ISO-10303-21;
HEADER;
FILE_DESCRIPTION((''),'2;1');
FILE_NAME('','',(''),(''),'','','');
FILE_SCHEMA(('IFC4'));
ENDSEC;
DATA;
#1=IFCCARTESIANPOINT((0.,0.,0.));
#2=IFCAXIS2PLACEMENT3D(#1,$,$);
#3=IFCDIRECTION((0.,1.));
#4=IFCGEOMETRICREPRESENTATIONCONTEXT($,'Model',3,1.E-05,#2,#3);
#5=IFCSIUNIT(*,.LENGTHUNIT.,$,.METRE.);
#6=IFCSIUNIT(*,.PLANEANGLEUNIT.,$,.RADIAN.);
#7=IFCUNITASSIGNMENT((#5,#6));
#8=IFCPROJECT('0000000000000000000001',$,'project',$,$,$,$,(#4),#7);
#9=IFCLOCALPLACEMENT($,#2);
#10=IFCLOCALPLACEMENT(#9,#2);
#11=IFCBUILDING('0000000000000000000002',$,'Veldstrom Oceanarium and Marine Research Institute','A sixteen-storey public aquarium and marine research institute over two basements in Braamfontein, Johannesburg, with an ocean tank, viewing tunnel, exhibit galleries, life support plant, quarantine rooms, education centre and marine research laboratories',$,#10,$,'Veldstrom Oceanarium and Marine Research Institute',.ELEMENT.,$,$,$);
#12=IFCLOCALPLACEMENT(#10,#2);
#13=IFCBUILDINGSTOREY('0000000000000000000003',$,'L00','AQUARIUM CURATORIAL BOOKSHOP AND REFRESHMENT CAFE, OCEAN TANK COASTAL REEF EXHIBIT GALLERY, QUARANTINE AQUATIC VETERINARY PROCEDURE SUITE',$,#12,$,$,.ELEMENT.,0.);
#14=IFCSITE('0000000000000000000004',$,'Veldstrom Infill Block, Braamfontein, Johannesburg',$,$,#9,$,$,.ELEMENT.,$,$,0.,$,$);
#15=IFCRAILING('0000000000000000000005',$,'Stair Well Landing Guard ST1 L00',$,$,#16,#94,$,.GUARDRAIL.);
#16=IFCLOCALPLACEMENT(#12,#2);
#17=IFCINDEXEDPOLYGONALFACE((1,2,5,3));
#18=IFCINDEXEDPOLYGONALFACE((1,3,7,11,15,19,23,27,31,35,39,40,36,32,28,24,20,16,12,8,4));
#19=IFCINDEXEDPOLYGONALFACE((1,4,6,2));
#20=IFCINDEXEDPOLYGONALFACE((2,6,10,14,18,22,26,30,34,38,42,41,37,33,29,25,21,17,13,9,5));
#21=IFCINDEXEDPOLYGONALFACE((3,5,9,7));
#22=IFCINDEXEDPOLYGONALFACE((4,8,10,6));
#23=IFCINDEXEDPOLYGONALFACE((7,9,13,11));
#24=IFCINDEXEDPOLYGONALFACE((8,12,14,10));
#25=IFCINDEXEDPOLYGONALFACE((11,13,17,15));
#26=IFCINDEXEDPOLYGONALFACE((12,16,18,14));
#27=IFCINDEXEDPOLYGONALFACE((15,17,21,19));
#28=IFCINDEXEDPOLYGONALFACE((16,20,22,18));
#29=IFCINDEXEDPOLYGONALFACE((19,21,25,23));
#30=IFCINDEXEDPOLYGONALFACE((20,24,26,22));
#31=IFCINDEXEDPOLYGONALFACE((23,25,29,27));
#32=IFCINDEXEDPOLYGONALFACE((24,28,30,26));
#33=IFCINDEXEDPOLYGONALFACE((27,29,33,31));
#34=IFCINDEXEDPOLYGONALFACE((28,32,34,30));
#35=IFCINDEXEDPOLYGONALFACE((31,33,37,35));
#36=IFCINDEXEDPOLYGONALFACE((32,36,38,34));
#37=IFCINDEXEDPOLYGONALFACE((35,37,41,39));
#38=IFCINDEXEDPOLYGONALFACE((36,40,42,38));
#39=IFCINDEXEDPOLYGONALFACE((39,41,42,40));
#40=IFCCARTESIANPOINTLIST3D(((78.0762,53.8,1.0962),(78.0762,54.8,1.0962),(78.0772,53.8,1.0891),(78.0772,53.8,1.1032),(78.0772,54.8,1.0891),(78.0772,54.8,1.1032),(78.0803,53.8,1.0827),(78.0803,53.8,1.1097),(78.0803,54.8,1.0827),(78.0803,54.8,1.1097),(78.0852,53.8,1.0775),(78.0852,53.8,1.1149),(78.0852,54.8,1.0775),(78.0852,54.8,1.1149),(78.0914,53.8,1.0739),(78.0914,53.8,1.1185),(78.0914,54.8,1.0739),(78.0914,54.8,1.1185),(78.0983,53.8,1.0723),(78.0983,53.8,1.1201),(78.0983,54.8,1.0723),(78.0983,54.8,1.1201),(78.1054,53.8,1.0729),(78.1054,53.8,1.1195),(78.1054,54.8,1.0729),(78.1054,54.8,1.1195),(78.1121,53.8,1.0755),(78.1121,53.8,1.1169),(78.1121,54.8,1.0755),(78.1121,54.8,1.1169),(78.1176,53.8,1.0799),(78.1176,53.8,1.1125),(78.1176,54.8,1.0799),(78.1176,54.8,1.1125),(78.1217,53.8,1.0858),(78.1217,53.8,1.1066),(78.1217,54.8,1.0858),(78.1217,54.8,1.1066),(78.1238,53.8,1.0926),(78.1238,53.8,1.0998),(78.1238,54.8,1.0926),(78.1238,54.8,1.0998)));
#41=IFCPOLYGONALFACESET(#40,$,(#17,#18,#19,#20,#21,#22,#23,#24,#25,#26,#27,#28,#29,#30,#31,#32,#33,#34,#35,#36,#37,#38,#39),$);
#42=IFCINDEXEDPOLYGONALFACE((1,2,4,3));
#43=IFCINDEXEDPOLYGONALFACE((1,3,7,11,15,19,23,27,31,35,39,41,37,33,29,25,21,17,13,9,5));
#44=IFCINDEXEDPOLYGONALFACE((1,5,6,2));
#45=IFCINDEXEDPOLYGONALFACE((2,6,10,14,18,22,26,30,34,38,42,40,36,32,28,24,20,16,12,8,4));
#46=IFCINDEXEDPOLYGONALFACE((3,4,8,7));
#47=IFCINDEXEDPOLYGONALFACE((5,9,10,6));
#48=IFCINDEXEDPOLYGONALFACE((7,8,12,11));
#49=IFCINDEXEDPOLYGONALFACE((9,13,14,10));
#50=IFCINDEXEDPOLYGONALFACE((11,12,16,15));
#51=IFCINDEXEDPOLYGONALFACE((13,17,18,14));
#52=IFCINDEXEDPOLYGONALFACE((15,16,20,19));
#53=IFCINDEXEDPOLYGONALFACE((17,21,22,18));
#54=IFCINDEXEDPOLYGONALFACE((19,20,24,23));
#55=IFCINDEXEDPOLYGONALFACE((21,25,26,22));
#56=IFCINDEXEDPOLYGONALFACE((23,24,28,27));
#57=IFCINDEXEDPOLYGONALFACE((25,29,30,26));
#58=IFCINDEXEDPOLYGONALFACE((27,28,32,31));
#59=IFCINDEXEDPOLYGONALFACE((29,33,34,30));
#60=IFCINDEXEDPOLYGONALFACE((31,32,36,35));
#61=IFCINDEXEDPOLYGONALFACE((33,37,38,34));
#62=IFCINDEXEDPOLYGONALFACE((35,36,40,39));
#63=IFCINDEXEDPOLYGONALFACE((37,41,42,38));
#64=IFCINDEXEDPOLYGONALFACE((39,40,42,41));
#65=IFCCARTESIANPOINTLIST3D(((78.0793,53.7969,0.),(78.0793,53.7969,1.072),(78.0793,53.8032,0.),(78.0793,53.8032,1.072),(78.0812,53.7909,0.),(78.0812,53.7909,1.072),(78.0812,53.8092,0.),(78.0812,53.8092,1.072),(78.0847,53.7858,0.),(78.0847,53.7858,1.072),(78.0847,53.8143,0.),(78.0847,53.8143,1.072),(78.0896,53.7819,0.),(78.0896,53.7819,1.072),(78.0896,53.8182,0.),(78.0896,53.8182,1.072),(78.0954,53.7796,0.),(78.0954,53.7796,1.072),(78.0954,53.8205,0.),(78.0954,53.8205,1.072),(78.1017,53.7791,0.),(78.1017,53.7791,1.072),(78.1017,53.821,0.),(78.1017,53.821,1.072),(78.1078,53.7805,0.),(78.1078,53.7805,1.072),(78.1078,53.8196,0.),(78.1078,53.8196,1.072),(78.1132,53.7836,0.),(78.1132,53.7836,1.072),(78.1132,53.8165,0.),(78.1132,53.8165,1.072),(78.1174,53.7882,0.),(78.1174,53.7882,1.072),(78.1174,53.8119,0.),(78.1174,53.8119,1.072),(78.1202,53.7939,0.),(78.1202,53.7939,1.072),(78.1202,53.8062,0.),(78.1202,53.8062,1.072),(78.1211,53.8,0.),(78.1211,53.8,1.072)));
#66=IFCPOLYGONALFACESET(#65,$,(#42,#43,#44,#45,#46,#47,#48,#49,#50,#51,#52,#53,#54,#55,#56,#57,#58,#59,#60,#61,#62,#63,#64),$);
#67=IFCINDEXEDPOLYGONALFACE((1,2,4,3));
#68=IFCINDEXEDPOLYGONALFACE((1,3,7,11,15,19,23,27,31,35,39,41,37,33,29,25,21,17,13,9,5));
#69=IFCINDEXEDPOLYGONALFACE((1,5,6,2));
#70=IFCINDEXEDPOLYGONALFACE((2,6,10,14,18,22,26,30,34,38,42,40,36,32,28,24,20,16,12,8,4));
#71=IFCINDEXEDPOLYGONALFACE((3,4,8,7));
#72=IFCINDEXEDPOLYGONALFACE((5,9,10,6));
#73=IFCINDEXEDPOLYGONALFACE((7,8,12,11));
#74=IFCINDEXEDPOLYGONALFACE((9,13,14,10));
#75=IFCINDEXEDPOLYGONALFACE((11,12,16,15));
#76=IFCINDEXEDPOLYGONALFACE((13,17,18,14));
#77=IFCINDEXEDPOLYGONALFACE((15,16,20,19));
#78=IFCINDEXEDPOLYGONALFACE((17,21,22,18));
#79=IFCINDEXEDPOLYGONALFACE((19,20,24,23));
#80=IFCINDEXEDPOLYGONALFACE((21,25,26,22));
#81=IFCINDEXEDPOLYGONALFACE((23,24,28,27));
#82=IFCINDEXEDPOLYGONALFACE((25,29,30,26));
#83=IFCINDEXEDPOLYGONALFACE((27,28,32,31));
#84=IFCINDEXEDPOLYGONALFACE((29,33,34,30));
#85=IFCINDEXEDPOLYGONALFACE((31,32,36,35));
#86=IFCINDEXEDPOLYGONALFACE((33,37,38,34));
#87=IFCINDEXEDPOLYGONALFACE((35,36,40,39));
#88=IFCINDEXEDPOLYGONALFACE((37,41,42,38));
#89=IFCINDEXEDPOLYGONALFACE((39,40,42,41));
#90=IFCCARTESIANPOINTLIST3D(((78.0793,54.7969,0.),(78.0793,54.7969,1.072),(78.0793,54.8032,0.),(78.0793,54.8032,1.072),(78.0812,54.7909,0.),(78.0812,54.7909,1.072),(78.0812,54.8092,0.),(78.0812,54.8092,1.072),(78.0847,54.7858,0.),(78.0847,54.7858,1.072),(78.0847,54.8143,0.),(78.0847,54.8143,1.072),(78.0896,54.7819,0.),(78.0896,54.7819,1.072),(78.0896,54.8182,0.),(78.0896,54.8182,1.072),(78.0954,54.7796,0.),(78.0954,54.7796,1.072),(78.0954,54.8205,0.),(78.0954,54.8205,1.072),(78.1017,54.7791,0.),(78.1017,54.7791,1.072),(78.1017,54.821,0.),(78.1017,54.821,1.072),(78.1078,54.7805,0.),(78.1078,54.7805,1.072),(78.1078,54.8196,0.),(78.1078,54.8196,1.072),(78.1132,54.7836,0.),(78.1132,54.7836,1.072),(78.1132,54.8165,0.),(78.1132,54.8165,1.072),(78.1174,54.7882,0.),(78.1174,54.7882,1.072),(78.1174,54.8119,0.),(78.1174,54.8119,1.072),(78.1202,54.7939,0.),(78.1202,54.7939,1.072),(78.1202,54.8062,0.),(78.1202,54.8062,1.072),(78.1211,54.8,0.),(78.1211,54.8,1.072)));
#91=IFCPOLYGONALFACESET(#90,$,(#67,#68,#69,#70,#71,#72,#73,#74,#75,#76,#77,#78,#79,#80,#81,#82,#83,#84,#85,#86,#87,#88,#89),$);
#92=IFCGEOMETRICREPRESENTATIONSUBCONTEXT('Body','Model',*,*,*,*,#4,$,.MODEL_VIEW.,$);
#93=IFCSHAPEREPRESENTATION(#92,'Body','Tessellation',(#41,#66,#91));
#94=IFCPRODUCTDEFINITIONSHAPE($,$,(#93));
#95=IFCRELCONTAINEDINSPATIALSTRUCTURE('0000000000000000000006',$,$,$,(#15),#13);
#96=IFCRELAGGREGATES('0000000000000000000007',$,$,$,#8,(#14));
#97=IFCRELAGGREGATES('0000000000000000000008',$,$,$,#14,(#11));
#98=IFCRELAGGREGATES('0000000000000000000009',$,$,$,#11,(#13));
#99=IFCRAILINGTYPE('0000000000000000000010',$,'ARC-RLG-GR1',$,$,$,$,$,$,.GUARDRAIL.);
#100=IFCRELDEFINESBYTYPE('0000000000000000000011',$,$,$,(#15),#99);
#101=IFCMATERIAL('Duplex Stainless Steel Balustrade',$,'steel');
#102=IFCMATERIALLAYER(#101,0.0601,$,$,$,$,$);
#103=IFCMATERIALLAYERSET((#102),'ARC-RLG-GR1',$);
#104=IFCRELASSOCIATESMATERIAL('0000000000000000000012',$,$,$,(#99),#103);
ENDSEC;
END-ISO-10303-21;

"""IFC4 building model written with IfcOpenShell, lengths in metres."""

from ifc_helpers import new_model, si_unit, direction, frame, origin, origin_2d, place, context, subcontext, project, spatial, circle, extrude, material, layer, layer_set, type_object, element, save


model = new_model("IFC4")

# Units and contexts
model_context = context("Model", 3, precision=1e-05, world=origin(), true_north=direction((0.0, 1.0)))
body_context = subcontext(model_context, "Body", "Model", "MODEL_VIEW")
ifc_project = project(units=[si_unit("LENGTHUNIT", "METRE"), si_unit("PLANEANGLEUNIT", "RADIAN")], contexts=[model_context])

# Site, building, storey
site_placement = place(None, origin())
site = spatial("IfcSite", under=ifc_project, at=site_placement, Name="Veldstrom Infill Block, Braamfontein, Johannesburg", CompositionType="ELEMENT", RefElevation=0.0)
building_placement = place(site_placement, origin())
building = spatial("IfcBuilding", under=site, at=building_placement, Name="Veldstrom Oceanarium and Marine Research Institute", Description="A sixteen-storey public aquarium and marine research institute over two basements in Braamfontein, Johannesburg, with an ocean tank, viewing tunnel, exhibit galleries, life support plant, quarantine rooms, education centre and marine research laboratories", LongName="Veldstrom Oceanarium and Marine Research Institute", CompositionType="ELEMENT")
storey_placement = place(building_placement, origin())
storey = spatial("IfcBuildingStorey", under=building, at=storey_placement, Name="L00", Description="AQUARIUM CURATORIAL BOOKSHOP AND REFRESHMENT CAFE, OCEAN TANK COASTAL REEF EXHIBIT GALLERY, QUARANTINE AQUATIC VETERINARY PROCEDURE SUITE", CompositionType="ELEMENT", Elevation=0.0)

# Railing
ifc_material_1 = material(Name="Duplex Stainless Steel Balustrade", Category="steel")
ifc_layer_1 = layer(ifc_material_1, 0.0601)
ifc_layer_set_1 = layer_set([ifc_layer_1], Name="ARC-RLG-GR1")
railing_type_1 = type_object("IfcRailingType", Name="ARC-RLG-GR1", PredefinedType="GUARDRAIL", material=ifc_layer_set_1)
railing_1_placement = place(storey_placement, frame((78.1001, 53.8, 0.0)))
element("IfcRailing", 1, at=railing_1_placement, inside=storey, type_object=railing_type_1, Name="Stair Well Landing Guard ST1 L00", PredefinedType="GUARDRAIL", context=body_context, shape_type="SweptSolid", body=[
    extrude(circle(Radius=0.0239, at=origin_2d()), frame((0.0, 0.0, 1.0962), z_axis=(0.0, 1.0, 0.0), x_axis=(-1.0, 0.0, 0.0)), (0.0, 0.0, 1.0), 1.0),
    extrude(circle(Radius=0.021, at=origin_2d()), origin(), (0.0, 0.0, 1.0), 1.072),
    extrude(circle(Radius=0.021, at=origin_2d()), frame((0.0, 1.0, 0.0)), (0.0, 0.0, 1.0), 1.072),
])

save(model, "model.ifc")
